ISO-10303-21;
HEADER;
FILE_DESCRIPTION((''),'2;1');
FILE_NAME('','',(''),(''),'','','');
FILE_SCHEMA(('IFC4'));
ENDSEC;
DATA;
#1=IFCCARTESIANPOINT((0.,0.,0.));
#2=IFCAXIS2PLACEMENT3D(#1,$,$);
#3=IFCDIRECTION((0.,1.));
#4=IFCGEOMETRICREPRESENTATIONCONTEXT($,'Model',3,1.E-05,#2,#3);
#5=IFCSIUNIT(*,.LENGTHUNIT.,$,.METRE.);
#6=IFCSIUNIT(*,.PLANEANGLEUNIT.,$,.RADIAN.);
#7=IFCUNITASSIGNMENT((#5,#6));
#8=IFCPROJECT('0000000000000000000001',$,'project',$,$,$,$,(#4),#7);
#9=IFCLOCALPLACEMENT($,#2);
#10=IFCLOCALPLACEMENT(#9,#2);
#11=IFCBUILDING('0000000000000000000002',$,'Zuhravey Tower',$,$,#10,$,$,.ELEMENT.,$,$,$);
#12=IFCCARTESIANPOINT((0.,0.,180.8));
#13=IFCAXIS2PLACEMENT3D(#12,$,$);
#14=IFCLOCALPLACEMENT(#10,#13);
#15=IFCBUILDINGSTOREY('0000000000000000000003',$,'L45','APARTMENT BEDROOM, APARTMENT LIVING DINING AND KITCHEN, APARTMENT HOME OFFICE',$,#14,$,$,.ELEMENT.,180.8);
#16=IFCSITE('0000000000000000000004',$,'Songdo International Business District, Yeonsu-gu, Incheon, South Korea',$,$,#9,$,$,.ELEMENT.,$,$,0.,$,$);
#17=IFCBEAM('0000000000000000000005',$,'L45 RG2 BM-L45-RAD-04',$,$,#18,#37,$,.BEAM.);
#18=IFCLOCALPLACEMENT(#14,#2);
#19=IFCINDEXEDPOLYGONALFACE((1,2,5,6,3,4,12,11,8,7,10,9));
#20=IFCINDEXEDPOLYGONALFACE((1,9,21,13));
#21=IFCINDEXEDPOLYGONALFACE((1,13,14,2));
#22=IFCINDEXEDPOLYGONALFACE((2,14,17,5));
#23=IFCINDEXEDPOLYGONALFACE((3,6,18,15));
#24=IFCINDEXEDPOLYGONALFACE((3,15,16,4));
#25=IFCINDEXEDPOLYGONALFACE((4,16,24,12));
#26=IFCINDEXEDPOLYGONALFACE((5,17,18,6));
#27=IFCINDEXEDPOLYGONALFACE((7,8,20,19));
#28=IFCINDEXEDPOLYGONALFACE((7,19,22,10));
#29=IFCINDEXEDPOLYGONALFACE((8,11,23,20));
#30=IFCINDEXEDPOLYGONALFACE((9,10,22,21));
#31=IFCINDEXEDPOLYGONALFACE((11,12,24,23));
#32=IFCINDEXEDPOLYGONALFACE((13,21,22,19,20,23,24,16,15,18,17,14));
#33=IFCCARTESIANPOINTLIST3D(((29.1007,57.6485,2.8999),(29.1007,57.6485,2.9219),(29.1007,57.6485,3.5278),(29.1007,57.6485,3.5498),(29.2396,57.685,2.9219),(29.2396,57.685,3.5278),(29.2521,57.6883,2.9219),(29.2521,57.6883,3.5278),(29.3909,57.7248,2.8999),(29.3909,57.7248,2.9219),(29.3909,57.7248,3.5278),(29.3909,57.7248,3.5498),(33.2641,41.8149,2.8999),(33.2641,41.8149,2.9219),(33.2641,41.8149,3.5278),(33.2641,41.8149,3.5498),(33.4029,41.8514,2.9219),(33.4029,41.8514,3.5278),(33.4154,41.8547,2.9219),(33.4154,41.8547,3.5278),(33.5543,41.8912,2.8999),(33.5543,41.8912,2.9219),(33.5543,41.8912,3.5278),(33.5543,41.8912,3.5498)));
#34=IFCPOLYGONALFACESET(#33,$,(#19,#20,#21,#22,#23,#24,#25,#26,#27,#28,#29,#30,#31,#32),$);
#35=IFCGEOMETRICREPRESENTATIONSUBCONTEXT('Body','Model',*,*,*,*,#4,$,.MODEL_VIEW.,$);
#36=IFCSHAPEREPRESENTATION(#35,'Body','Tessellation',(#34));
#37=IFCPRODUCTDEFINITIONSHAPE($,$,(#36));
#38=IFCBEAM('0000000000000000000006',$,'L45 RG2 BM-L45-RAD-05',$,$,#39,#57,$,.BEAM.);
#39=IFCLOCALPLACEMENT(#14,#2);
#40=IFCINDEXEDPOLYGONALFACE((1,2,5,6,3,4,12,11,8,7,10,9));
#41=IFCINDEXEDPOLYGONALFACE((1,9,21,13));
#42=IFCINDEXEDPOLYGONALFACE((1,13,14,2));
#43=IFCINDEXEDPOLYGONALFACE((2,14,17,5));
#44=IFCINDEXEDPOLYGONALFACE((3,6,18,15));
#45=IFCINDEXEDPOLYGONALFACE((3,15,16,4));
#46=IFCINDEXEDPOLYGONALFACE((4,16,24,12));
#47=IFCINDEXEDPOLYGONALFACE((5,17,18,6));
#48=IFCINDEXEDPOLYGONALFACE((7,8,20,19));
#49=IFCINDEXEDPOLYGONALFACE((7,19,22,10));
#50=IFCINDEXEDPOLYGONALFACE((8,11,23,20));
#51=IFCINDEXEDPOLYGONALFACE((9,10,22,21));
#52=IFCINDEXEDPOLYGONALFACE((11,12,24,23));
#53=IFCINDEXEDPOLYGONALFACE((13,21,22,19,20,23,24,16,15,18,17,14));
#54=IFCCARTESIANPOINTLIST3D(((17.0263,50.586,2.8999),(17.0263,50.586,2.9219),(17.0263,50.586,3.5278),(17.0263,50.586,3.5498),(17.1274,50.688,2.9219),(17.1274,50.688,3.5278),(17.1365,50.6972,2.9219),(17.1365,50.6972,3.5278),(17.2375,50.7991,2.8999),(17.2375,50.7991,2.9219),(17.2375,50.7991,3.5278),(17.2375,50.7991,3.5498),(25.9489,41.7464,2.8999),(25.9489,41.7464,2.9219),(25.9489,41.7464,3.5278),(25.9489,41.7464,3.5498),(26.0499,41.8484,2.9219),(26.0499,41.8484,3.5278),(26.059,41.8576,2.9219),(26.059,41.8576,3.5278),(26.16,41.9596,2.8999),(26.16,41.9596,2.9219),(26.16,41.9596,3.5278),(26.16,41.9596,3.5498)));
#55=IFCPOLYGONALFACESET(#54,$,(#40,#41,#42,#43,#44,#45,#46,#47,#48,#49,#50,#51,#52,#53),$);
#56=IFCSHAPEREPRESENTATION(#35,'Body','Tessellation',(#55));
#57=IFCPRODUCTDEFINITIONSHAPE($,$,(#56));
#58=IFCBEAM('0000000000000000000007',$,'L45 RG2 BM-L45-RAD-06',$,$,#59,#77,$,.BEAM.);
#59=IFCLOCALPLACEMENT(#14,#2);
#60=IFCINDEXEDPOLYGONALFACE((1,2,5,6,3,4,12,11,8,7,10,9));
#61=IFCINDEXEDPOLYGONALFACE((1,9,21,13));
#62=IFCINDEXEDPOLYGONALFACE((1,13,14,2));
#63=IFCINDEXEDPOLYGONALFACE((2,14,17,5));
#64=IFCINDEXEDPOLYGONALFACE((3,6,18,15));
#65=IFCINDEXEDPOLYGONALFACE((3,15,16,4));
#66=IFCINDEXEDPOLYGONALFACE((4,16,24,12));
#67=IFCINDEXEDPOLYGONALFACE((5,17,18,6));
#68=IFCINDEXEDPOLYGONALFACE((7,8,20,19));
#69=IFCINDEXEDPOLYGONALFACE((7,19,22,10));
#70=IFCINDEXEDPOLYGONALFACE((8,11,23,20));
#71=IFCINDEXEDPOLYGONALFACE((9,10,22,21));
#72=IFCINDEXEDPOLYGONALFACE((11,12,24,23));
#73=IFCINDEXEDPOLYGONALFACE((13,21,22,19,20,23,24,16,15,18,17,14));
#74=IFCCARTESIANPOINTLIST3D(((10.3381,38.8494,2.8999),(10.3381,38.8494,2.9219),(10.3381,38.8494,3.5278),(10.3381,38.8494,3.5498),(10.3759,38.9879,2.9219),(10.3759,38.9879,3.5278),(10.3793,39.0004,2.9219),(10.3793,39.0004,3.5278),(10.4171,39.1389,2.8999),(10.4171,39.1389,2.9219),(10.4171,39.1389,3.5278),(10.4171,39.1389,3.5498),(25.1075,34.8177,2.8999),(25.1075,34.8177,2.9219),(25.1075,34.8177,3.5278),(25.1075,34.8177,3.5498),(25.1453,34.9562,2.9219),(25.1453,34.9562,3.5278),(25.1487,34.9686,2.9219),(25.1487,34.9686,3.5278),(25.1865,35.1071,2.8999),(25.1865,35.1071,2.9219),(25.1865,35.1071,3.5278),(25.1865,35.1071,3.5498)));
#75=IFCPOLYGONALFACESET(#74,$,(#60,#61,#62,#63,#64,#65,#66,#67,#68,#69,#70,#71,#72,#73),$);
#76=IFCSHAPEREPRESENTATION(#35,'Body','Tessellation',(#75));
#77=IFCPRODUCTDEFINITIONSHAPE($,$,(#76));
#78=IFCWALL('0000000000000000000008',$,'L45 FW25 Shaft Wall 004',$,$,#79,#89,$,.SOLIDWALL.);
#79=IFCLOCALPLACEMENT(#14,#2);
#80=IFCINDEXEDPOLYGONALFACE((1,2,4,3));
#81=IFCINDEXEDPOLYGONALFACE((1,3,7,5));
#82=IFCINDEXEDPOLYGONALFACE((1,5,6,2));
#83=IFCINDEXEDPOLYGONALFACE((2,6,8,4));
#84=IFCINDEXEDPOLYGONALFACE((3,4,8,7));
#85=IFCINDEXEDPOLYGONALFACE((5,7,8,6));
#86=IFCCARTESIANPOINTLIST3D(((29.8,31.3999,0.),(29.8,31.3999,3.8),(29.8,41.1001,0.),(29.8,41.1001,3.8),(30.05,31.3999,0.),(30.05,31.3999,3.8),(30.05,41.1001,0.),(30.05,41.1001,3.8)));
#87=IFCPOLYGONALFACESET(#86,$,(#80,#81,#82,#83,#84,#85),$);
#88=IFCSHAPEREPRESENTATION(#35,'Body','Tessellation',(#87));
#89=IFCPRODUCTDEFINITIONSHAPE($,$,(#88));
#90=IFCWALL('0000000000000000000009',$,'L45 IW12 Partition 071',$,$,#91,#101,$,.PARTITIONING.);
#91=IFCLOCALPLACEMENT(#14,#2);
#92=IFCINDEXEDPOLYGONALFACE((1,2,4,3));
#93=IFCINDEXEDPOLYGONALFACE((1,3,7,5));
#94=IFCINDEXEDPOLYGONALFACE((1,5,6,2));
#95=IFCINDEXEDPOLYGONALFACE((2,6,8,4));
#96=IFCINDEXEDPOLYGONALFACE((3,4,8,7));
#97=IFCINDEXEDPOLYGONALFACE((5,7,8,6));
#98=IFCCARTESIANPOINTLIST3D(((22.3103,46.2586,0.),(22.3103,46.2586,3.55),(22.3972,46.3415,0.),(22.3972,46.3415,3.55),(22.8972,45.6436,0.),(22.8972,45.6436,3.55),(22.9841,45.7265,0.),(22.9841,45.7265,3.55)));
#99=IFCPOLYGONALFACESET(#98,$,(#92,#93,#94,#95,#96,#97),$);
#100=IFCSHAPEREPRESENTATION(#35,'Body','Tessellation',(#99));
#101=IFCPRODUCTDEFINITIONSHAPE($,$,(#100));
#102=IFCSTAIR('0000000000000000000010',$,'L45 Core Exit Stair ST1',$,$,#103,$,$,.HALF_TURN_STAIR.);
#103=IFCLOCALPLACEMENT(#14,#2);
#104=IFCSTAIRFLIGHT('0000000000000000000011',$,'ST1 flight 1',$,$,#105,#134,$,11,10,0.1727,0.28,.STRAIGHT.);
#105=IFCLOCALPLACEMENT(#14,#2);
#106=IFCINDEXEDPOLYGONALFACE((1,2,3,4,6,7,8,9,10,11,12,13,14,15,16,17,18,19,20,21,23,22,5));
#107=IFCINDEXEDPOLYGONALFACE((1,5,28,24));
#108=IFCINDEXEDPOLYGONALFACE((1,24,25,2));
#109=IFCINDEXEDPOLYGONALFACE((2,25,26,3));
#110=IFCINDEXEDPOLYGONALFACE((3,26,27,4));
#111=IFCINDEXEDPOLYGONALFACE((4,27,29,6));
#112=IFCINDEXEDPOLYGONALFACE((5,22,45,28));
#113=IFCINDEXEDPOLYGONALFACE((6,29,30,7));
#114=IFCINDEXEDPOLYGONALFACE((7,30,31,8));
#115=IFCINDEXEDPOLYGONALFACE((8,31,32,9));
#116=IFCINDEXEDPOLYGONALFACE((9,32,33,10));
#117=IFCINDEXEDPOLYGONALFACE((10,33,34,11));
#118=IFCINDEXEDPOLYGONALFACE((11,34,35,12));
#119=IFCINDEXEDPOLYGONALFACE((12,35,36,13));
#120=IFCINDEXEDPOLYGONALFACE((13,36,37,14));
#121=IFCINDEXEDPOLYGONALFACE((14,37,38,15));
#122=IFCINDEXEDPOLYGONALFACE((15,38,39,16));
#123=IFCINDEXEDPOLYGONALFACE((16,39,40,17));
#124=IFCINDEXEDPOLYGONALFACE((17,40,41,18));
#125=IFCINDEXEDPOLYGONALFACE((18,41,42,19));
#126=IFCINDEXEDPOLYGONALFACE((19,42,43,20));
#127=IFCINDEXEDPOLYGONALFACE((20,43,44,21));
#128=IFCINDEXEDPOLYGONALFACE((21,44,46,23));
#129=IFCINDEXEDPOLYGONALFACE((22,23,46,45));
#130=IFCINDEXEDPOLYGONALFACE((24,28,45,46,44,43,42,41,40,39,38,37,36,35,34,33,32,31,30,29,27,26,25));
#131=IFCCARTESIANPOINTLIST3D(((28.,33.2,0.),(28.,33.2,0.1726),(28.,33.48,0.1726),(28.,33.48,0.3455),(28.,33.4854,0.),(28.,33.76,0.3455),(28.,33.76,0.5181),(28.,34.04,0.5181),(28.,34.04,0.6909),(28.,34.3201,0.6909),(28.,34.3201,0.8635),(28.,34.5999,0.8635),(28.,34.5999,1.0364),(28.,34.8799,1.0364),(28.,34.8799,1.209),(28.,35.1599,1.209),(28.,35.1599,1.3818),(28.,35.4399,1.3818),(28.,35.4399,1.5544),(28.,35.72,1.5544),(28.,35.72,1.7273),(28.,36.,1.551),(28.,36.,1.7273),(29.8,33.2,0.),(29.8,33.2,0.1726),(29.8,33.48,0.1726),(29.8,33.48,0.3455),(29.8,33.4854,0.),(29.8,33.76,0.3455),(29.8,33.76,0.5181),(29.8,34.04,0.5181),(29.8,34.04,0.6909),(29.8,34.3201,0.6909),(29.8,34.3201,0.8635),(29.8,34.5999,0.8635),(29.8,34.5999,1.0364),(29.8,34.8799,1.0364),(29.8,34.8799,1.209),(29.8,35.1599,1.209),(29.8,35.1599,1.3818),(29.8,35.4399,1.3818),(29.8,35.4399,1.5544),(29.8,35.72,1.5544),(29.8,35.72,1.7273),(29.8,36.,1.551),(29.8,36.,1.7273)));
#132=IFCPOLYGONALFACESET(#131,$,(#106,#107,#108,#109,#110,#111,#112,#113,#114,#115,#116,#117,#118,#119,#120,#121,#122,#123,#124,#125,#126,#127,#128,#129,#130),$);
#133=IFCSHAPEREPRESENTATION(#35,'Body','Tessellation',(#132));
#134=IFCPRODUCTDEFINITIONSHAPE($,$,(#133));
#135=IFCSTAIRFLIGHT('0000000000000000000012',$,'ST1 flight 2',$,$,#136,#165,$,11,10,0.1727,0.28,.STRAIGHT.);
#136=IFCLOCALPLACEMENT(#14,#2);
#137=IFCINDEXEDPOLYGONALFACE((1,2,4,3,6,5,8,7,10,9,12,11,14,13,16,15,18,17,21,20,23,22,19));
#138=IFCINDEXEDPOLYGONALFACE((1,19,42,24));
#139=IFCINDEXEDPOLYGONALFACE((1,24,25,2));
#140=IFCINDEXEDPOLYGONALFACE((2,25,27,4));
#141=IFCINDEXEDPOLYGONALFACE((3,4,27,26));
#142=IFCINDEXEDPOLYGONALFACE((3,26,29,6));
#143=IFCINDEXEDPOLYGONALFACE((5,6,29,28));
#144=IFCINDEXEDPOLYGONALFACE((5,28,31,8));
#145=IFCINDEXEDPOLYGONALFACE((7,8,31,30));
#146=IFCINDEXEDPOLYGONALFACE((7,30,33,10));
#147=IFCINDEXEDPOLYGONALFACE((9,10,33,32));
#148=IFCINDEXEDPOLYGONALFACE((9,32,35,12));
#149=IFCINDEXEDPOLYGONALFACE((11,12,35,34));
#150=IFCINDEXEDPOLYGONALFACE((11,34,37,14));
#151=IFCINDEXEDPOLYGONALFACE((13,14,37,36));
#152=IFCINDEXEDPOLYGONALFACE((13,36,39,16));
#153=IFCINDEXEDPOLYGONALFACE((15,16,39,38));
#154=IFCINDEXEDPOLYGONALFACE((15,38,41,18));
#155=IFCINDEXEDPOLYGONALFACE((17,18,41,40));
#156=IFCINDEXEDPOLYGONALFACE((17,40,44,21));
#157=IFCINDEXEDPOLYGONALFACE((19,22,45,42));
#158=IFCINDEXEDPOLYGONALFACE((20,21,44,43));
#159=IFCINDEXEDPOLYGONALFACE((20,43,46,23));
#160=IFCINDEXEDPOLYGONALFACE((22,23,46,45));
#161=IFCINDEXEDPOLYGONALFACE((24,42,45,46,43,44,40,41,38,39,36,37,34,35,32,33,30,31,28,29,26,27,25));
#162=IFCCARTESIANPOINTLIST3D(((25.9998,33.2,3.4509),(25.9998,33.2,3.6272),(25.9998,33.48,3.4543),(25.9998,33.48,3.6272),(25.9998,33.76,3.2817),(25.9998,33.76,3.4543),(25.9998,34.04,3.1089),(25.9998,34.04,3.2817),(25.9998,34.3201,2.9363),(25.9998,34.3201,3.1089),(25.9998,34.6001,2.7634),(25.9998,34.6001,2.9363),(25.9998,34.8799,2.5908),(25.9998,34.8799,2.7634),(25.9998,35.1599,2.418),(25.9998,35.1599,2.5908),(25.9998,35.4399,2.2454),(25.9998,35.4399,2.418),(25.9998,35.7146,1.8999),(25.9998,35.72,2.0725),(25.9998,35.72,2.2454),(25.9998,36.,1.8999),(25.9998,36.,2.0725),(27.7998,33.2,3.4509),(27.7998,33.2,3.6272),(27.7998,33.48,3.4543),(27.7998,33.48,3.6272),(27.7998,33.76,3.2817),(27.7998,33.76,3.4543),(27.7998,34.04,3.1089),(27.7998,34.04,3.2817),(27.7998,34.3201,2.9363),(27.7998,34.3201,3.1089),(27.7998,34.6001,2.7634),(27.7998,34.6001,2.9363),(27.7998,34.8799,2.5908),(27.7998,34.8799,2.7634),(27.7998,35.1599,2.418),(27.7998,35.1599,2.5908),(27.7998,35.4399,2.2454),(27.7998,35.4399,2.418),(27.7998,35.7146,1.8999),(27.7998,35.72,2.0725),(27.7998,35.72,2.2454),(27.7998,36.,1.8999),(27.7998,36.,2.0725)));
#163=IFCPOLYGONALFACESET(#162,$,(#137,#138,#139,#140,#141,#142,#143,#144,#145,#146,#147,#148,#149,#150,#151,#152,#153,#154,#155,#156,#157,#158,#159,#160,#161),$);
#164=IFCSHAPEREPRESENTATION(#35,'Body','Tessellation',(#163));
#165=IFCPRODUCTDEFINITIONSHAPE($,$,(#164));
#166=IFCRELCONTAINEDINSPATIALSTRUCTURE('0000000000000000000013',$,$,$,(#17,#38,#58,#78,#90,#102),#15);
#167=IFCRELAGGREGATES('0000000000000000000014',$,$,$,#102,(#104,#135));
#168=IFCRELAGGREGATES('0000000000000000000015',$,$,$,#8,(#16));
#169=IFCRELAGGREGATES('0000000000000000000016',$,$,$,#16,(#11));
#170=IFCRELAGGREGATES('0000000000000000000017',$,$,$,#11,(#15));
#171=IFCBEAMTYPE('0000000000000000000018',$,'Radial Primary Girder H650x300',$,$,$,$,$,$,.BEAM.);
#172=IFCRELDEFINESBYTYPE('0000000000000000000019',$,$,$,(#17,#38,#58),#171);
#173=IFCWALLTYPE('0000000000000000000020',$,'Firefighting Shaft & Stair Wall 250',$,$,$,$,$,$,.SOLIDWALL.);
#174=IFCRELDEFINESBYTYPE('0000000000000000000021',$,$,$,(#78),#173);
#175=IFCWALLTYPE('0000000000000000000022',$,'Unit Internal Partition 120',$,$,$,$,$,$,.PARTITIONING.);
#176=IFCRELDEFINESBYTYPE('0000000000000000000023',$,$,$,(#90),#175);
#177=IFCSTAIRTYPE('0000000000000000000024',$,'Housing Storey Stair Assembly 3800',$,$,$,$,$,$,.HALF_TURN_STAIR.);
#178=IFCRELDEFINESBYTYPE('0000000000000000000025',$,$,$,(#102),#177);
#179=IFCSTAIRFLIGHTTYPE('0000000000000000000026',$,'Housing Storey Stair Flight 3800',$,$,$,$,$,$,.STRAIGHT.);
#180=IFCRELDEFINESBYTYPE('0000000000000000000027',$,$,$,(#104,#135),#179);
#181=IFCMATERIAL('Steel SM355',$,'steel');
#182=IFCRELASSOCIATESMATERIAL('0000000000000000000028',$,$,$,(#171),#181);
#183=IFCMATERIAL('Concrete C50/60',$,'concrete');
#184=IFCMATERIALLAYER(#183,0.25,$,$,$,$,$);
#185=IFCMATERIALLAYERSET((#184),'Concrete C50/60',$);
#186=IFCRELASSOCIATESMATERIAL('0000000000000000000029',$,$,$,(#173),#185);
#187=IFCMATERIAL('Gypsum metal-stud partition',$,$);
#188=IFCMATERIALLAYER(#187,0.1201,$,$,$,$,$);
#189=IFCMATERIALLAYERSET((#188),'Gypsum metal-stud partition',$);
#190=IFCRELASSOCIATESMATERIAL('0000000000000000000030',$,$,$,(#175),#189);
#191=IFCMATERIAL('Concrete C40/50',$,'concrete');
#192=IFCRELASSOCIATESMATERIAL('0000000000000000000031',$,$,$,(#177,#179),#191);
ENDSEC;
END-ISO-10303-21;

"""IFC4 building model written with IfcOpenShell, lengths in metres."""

from ifc_helpers import new_model, si_unit, direction, frame, frame_2d, origin, origin_2d, place, context, subcontext, project, spatial, polyline, rectangle, i_section, outline, extrude, material, layer, layer_set, material_profile, profile_set, type_object, element, aggregate, save


model = new_model("IFC4")

# Units and contexts
model_context = context("Model", 3, precision=1e-05, world=origin(), true_north=direction((0.0, 1.0)))
body_context = subcontext(model_context, "Body", "Model", "MODEL_VIEW")
ifc_project = project(units=[si_unit("LENGTHUNIT", "METRE"), si_unit("PLANEANGLEUNIT", "RADIAN")], contexts=[model_context])

# Site, building, storey
site_placement = place(None, origin())
site = spatial("IfcSite", under=ifc_project, at=site_placement, Name="Songdo International Business District, Yeonsu-gu, Incheon, South Korea", CompositionType="ELEMENT", RefElevation=0.0)
building_placement = place(site_placement, origin())
building = spatial("IfcBuilding", under=site, at=building_placement, Name="Zuhravey Tower", CompositionType="ELEMENT")
storey_placement = place(building_placement, frame((0.0, 0.0, 180.8)))
storey = spatial("IfcBuildingStorey", under=building, at=storey_placement, Name="L45", Description="APARTMENT BEDROOM, APARTMENT LIVING DINING AND KITCHEN, APARTMENT HOME OFFICE", CompositionType="ELEMENT", Elevation=180.8)

# Beams
ifc_material_1 = material(Name="Steel SM355", Category="steel")
ifc_material_profile = material_profile(ifc_material_1, i_section(OverallWidth=0.3, OverallDepth=0.6499, WebThickness=0.0129, FlangeThickness=0.022, at=origin_2d()), Name="H-650x300x13x22")
ifc_profile_set = profile_set([ifc_material_profile], Name="Steel SM355")
beam_type = type_object("IfcBeamType", Name="Radial Primary Girder H650x300", PredefinedType="BEAM", material=ifc_profile_set)
beam_1_placement = place(storey_placement, frame((33.4092, 41.853, 3.2249), z_axis=(-0.2543, 0.967125, 0.0), x_axis=(-0.967125, -0.2543, 0.0)))
element("IfcBeam", 1, at=beam_1_placement, inside=storey, type_object=beam_type, Name="L45 RG2 BM-L45-RAD-04", PredefinedType="BEAM", context=body_context, shape_type="SweptSolid", body=[
    extrude(i_section(OverallWidth=0.3, OverallDepth=0.6499, WebThickness=0.0129, FlangeThickness=0.022, at=origin_2d()), origin(), (0.0, 0.0, 1.0), 16.3718),
])
beam_2_placement = place(storey_placement, frame((26.0544, 41.853, 3.2249), z_axis=(-0.710404, 0.703795, 0.0), x_axis=(-0.703795, -0.710404, 0.0)))
element("IfcBeam", 2, at=beam_2_placement, inside=storey, type_object=beam_type, Name="L45 RG2 BM-L45-RAD-05", PredefinedType="BEAM", context=body_context, shape_type="SweptSolid", body=[
    extrude(i_section(OverallWidth=0.3, OverallDepth=0.6499, WebThickness=0.0129, FlangeThickness=0.022, at=origin_2d()), origin(), (0.0, 0.0, 1.0), 12.5598),
])
beam_3_placement = place(storey_placement, frame((25.147, 34.9624, 3.2249), z_axis=(-0.964702, 0.263345, 0.0), x_axis=(-0.263345, -0.964702, 0.0)))
element("IfcBeam", 3, at=beam_3_placement, inside=storey, type_object=beam_type, Name="L45 RG2 BM-L45-RAD-06", PredefinedType="BEAM", context=body_context, shape_type="SweptSolid", body=[
    extrude(i_section(OverallWidth=0.3, OverallDepth=0.6499, WebThickness=0.0129, FlangeThickness=0.022, at=origin_2d()), origin(), (0.0, 0.0, 1.0), 15.3098),
])

# Shared definitions
ifc_material_2 = material(Name="Concrete C50/60", Category="concrete")
ifc_layer_1 = layer(ifc_material_2, 0.25)
ifc_layer_set_1 = layer_set([ifc_layer_1], Name="Concrete C50/60")
wall_type_1 = type_object("IfcWallType", Name="Firefighting Shaft & Stair Wall 250", PredefinedType="SOLIDWALL", material=ifc_layer_set_1)

# Walls
wall_1_placement = place(storey_placement, frame((29.925, 31.3999, 0.0), z_axis=(0.0, 0.0, 1.0), x_axis=(0.0, 1.0, 0.0)))
element("IfcWall", 4, at=wall_1_placement, inside=storey, type_object=wall_type_1, Name="L45 FW25 Shaft Wall 004", PredefinedType="SOLIDWALL", context=body_context, shape_type="SweptSolid", body=[
    extrude(rectangle(XDim=9.7002, YDim=0.25, at=frame_2d((4.8501, 0.0))), origin(), (0.0, 0.0, 1.0), 3.8),
])
ifc_material_3 = material(Name="Gypsum metal-stud partition")
ifc_layer_2 = layer(ifc_material_3, 0.1201)
ifc_layer_set_2 = layer_set([ifc_layer_2], Name="Gypsum metal-stud partition")
wall_type_2 = type_object("IfcWallType", Name="Unit Internal Partition 120", PredefinedType="PARTITIONING", material=ifc_layer_set_2)
wall_2_placement = place(storey_placement, frame((22.9407, 45.6851, 0.0), z_axis=(0.0, 0.0, 1.0), x_axis=(-0.690401, 0.723427, 0.0)))
element("IfcWall", 5, at=wall_2_placement, inside=storey, type_object=wall_type_2, Name="L45 IW12 Partition 071", PredefinedType="PARTITIONING", context=body_context, shape_type="SweptSolid", body=[
    extrude(rectangle(XDim=0.8501, YDim=0.1201, at=frame_2d((0.425, 0.0))), origin(), (0.0, 0.0, 1.0), 3.55),
])

# Stair, stair flights
ifc_material_4 = material(Name="Concrete C40/50", Category="concrete")
stair_type = type_object("IfcStairType", Name="Housing Storey Stair Assembly 3800", PredefinedType="HALF_TURN_STAIR", material=ifc_material_4)
stair_1_placement = place(storey_placement, origin())
stair_1 = element("IfcStair", 6, at=stair_1_placement, inside=storey, type_object=stair_type, Name="L45 Core Exit Stair ST1", PredefinedType="HALF_TURN_STAIR")
stair_flight_type = type_object("IfcStairFlightType", Name="Housing Storey Stair Flight 3800", PredefinedType="STRAIGHT", material=ifc_material_4)
stair_flight_1_placement = place(storey_placement, frame((28.8999, 33.2, 0.0), z_axis=(0.0, 0.0, 1.0), x_axis=(0.0, 1.0, 0.0)))
stair_flight_1 = element("IfcStairFlight", 7, at=stair_flight_1_placement, type_object=stair_flight_type, Name="ST1 flight 1", NumberOfRisers=11, NumberOfTreads=10, PredefinedType="STRAIGHT", RiserHeight=0.1727, TreadLength=0.28, context=body_context, shape_type="SweptSolid", body=[
    extrude(outline(polyline([(0.0, 0.0), (0.0, 0.1726), (0.28, 0.1726), (0.28, 0.3455), (0.5601, 0.3455), (0.5601, 0.5181), (0.8401, 0.5181), (0.8401, 0.6909), (1.1201, 0.6909), (1.1201, 0.8635), (1.3999, 0.8635), (1.3999, 1.0364), (1.6799, 1.0364), (1.6799, 1.209), (1.96, 1.209), (1.96, 1.3818), (2.24, 1.3818), (2.24, 1.5544), (2.52, 1.5544), (2.52, 1.7273), (2.8, 1.7273), (2.8, 1.8999), (2.8, 1.551), (0.2854, 0.0), (0.0, 0.0)])), frame((0.0, 0.8999, 0.0), z_axis=(0.0, -1.0, 0.0), x_axis=(1.0, 0.0, 0.0)), (0.0, 0.0, 1.0), 1.8),
])
stair_flight_2_placement = place(storey_placement, frame((26.8999, 36.0, 1.8999), z_axis=(0.0, 0.0, 1.0), x_axis=(0.0, -1.0, 0.0)))
stair_flight_2 = element("IfcStairFlight", 8, at=stair_flight_2_placement, type_object=stair_flight_type, Name="ST1 flight 2", NumberOfRisers=11, NumberOfTreads=10, PredefinedType="STRAIGHT", RiserHeight=0.1727, TreadLength=0.28, context=body_context, shape_type="SweptSolid", body=[
    extrude(outline(polyline([(0.0, 0.0), (0.0, 0.1726), (0.28, 0.1726), (0.28, 0.3455), (0.5601, 0.3455), (0.5601, 0.5181), (0.8401, 0.5181), (0.8401, 0.6909), (1.1201, 0.6909), (1.1201, 0.8635), (1.3999, 0.8635), (1.3999, 1.0364), (1.6799, 1.0364), (1.6799, 1.209), (1.96, 1.209), (1.96, 1.3818), (2.24, 1.3818), (2.24, 1.5544), (2.52, 1.5544), (2.52, 1.7273), (2.8, 1.7273), (2.8, 1.8999), (2.8, 1.551), (0.2854, 0.0), (0.0, 0.0)])), frame((0.0, 0.8999, 0.0), z_axis=(0.0, -1.0, 0.0), x_axis=(1.0, 0.0, 0.0)), (0.0, 0.0, 1.0), 1.8),
])
aggregate(stair_1, [stair_flight_1, stair_flight_2])

save(model, "model.ifc")
